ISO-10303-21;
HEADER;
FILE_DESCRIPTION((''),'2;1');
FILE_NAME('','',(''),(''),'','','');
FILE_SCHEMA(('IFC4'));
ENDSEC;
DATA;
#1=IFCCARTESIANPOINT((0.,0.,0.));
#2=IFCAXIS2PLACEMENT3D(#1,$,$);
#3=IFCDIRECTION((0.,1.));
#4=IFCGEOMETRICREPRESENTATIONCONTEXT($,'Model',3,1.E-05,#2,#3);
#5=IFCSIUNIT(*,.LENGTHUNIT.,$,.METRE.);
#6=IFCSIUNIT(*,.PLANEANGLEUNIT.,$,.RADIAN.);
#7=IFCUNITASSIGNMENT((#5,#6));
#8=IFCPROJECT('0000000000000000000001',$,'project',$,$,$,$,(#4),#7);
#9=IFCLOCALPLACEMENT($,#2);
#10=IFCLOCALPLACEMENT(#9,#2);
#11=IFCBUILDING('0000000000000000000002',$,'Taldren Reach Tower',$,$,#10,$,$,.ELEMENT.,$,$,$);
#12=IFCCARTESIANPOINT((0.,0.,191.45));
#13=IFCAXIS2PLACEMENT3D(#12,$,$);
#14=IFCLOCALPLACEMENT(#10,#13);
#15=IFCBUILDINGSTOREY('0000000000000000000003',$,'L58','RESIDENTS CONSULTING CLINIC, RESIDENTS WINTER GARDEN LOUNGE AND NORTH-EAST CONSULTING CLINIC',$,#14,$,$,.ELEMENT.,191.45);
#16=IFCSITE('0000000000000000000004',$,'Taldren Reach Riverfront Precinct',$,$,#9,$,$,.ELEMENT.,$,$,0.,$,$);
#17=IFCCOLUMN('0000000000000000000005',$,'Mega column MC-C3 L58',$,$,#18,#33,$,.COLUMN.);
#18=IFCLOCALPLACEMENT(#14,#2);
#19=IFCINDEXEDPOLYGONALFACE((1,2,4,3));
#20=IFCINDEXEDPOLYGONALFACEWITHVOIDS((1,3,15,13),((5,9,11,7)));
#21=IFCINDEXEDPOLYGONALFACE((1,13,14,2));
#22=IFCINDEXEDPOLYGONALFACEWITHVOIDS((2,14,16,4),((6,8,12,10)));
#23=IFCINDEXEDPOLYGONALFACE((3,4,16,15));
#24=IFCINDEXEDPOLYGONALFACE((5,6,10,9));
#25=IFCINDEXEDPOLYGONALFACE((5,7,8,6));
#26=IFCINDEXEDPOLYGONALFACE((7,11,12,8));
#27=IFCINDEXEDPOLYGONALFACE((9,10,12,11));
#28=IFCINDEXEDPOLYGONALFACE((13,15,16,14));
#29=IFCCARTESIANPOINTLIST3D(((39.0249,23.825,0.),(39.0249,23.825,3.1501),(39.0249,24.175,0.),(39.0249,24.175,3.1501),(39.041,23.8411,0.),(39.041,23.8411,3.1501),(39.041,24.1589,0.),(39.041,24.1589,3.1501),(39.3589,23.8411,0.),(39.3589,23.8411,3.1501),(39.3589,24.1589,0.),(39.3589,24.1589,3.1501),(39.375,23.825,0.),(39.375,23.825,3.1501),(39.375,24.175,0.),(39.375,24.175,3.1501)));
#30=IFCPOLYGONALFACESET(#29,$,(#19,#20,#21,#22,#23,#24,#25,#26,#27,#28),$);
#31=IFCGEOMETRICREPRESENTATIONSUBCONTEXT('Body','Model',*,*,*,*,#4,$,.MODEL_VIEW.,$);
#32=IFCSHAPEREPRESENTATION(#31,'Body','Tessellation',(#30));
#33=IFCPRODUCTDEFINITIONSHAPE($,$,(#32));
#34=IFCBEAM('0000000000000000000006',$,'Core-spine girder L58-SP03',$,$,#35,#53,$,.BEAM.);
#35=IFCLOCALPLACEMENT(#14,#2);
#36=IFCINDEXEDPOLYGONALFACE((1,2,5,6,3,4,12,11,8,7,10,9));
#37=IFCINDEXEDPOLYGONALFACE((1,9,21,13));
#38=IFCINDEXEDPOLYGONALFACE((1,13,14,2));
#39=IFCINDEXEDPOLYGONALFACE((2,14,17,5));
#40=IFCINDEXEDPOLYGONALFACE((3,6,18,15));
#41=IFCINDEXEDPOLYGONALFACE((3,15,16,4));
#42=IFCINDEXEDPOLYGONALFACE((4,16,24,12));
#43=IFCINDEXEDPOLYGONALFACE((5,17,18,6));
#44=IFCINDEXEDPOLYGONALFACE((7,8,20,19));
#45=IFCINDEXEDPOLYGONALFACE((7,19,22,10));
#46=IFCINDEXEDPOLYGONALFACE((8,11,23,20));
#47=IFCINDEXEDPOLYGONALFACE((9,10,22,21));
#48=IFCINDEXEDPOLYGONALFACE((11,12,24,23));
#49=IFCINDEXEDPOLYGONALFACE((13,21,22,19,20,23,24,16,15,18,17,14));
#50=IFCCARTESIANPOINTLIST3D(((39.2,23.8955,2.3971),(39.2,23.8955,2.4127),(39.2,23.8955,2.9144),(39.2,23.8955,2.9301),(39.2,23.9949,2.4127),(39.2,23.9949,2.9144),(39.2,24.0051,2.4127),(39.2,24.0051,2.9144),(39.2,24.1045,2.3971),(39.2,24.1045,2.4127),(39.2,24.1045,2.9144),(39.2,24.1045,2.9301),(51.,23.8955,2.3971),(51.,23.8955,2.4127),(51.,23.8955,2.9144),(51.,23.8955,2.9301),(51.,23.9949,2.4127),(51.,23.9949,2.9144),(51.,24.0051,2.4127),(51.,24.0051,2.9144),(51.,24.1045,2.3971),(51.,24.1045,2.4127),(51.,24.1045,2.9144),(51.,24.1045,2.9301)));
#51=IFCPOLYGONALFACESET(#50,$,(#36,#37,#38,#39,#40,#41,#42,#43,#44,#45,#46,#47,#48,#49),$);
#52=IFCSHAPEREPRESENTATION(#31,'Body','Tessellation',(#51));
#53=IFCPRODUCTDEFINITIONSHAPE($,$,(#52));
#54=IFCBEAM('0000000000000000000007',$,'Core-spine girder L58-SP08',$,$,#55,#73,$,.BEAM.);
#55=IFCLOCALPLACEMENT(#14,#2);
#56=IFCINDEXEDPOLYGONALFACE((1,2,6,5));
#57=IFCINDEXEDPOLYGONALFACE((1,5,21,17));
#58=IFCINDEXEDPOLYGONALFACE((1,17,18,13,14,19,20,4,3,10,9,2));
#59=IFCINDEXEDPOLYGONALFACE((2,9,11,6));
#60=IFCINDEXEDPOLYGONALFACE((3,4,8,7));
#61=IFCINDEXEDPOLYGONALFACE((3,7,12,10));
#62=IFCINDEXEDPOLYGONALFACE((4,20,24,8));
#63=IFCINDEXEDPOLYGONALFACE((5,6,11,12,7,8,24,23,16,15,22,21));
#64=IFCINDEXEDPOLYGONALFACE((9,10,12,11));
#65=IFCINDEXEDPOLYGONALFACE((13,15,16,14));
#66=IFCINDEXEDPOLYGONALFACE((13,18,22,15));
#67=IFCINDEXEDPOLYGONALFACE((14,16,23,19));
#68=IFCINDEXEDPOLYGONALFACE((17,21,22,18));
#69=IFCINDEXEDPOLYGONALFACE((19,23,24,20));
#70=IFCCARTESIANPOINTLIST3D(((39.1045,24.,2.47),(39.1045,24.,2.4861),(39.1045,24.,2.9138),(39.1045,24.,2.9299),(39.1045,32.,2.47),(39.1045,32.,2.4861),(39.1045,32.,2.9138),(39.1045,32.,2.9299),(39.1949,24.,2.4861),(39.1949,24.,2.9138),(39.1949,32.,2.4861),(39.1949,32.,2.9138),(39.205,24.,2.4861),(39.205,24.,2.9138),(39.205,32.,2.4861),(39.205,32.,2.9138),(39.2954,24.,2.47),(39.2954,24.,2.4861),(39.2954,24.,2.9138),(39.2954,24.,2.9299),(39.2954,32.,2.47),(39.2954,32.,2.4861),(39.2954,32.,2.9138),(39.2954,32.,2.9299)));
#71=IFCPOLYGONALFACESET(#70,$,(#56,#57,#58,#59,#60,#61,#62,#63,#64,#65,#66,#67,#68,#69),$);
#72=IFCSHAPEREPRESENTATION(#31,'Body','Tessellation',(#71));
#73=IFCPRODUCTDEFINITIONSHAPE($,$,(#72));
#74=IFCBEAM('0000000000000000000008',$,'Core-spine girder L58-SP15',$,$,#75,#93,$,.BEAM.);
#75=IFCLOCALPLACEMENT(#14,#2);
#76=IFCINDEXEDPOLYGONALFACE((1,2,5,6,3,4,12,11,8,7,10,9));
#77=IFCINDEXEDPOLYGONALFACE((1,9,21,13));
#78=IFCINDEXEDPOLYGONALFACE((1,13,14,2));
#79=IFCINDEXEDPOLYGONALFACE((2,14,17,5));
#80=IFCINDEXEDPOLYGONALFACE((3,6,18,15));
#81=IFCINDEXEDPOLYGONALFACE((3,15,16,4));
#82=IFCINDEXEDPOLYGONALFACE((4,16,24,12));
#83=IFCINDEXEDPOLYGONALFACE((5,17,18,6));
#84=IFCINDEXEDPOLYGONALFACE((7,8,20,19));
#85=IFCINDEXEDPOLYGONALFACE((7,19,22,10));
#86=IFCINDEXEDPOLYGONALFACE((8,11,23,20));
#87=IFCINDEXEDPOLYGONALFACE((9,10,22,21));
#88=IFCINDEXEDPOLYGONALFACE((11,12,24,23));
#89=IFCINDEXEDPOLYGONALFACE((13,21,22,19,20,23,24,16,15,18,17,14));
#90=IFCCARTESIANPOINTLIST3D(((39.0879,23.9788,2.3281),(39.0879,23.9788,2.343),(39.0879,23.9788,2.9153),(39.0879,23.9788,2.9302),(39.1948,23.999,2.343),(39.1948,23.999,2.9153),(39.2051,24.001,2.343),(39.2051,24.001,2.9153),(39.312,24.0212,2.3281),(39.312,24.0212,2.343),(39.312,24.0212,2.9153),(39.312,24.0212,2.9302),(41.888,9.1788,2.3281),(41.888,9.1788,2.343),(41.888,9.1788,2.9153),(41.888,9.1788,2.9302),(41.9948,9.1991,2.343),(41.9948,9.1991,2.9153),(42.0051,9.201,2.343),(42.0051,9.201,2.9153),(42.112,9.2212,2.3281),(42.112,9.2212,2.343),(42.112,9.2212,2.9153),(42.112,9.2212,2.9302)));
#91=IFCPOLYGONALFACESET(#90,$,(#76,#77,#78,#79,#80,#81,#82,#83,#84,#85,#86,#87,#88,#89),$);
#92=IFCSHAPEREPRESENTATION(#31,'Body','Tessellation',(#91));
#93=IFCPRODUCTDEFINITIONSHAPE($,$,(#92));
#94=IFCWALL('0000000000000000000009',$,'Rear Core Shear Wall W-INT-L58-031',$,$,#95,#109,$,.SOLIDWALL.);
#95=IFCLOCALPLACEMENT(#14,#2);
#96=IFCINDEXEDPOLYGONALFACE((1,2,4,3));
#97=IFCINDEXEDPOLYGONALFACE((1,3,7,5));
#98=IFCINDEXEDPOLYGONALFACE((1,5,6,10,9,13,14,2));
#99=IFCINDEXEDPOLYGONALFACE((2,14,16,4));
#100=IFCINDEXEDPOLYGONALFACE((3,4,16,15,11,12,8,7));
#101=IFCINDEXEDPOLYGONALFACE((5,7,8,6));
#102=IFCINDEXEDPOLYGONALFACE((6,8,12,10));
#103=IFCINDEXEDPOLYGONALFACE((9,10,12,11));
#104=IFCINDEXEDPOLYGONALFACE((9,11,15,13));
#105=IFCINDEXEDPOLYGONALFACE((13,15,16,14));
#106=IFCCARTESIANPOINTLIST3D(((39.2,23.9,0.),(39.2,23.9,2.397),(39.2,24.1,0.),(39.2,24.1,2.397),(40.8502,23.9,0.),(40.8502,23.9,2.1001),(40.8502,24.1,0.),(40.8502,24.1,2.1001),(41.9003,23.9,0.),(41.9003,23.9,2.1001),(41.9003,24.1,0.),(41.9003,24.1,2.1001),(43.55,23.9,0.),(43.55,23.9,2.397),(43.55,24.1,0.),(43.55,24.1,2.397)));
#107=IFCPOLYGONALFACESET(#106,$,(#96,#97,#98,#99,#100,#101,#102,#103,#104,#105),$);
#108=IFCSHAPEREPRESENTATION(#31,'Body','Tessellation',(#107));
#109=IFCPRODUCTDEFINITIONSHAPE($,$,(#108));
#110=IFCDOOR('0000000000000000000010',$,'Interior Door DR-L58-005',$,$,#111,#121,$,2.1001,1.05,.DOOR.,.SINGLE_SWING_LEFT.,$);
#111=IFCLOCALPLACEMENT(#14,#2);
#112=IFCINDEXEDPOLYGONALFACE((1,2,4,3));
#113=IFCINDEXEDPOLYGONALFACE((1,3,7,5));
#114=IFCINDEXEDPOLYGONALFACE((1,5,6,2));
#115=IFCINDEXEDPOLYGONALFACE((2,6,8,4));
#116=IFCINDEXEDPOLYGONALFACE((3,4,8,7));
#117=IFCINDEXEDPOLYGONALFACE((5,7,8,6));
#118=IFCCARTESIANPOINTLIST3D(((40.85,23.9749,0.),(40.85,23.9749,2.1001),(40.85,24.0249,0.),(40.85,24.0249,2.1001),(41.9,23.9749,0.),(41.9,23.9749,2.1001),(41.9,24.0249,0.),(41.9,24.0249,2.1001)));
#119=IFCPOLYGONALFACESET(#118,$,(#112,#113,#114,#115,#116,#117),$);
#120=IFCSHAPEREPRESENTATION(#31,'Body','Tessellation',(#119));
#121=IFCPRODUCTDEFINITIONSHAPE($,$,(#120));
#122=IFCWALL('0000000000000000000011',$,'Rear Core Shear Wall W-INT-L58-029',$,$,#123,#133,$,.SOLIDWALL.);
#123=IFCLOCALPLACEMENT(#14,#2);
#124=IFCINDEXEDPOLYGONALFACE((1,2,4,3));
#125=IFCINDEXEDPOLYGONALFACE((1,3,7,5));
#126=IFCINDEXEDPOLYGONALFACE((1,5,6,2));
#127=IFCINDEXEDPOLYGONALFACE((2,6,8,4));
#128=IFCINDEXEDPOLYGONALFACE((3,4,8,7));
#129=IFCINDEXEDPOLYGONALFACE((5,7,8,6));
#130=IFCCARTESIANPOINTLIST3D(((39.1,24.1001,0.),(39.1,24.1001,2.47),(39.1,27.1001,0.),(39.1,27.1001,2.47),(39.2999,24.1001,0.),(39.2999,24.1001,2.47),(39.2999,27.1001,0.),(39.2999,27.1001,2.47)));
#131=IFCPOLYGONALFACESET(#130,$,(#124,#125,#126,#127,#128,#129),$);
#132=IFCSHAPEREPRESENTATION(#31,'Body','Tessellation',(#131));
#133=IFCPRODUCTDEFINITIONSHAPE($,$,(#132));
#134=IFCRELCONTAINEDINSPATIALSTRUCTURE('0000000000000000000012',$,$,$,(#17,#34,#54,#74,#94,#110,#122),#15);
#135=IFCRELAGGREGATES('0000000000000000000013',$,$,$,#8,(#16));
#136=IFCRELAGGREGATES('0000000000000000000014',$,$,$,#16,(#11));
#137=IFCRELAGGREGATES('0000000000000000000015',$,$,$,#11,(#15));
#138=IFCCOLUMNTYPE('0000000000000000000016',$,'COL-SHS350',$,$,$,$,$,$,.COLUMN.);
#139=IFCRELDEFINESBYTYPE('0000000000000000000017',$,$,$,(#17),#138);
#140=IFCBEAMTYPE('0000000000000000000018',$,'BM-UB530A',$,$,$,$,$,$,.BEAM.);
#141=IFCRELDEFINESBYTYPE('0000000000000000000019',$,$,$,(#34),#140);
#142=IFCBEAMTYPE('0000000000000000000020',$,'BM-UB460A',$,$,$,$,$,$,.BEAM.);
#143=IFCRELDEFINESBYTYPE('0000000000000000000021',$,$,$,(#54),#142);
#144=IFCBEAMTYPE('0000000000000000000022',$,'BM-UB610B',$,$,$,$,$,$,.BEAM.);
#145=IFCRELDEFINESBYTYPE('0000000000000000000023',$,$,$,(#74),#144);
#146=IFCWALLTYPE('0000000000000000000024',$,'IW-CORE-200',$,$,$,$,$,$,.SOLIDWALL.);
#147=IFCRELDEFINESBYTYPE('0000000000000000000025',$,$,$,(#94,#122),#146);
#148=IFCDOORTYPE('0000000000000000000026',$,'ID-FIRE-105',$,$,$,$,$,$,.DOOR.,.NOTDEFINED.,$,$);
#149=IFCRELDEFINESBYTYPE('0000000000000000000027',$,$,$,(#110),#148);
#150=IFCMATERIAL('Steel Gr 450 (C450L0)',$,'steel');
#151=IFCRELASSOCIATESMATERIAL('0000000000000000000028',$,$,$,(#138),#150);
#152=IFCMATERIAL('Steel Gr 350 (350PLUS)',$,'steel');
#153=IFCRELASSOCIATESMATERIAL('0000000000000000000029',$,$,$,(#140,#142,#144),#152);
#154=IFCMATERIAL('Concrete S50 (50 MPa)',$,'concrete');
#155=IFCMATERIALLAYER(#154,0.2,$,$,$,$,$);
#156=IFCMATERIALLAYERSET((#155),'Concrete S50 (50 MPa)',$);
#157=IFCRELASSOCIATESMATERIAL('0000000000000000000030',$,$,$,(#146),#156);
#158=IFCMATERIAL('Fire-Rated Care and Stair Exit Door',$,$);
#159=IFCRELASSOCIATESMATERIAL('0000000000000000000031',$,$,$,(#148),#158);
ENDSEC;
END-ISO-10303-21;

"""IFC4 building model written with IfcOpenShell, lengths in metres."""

from ifc_helpers import new_model, si_unit, direction, frame, frame_2d, origin, origin_2d, place, context, subcontext, project, spatial, rectangle, hollow_rectangle, i_section, extrude, source, transform, mapped, material, layer, layer_set, material_profile, profile_set, type_object, element, fill, save


model = new_model("IFC4")

# Units and contexts
model_context = context("Model", 3, precision=1e-05, world=origin(), true_north=direction((0.0, 1.0)))
body_context = subcontext(model_context, "Body", "Model", "MODEL_VIEW")
ifc_project = project(units=[si_unit("LENGTHUNIT", "METRE"), si_unit("PLANEANGLEUNIT", "RADIAN")], contexts=[model_context])

# Site, building, storey
site_placement = place(None, origin())
site = spatial("IfcSite", under=ifc_project, at=site_placement, Name="Taldren Reach Riverfront Precinct", CompositionType="ELEMENT", RefElevation=0.0)
building_placement = place(site_placement, origin())
building = spatial("IfcBuilding", under=site, at=building_placement, Name="Taldren Reach Tower", CompositionType="ELEMENT")
storey_placement = place(building_placement, frame((0.0, 0.0, 191.45)))
storey = spatial("IfcBuildingStorey", under=building, at=storey_placement, Name="L58", Description="RESIDENTS CONSULTING CLINIC, RESIDENTS WINTER GARDEN LOUNGE AND NORTH-EAST CONSULTING CLINIC", CompositionType="ELEMENT", Elevation=191.45)

# Column
ifc_material_1 = material(Name="Steel Gr 450 (C450L0)", Category="steel")
ifc_material_profile_1 = material_profile(ifc_material_1, hollow_rectangle(XDim=0.3501, YDim=0.3501, WallThickness=0.0161, at=origin_2d()), Name="350x350x16.0SHS")
ifc_profile_set_1 = profile_set([ifc_material_profile_1], Name="Steel Gr 450 (C450L0)")
column_type = type_object("IfcColumnType", Name="COL-SHS350", PredefinedType="COLUMN", material=ifc_profile_set_1)
shared_shape_1 = source(origin(), body_context, "Body", "SweptSolid", [
    extrude(hollow_rectangle(XDim=0.3501, YDim=0.3501, WallThickness=0.0161, at=origin_2d()), origin(), (0.0, 0.0, 1.0), 3.1501),
])
column_placement = place(storey_placement, frame((39.2, 24.0, 0.0), z_axis=(0.0, 0.0, 1.0), x_axis=(1.0, 0.0, 0.0)))
element("IfcColumn", 1, at=column_placement, inside=storey, type_object=column_type, Name="Mega column MC-C3 L58", PredefinedType="COLUMN", context=body_context, shape_type="MappedRepresentation", body=[
    mapped(shared_shape_1, transform((0.0, 0.0, 0.0), scale=1.0)),
])

# Beams
ifc_material_2 = material(Name="Steel Gr 350 (350PLUS)", Category="steel")
ifc_material_profile_2 = material_profile(ifc_material_2, i_section(OverallWidth=0.209, OverallDepth=0.533, WebThickness=0.0103, FlangeThickness=0.0156, at=origin_2d()), Name="530UB92.4")
ifc_profile_set_2 = profile_set([ifc_material_profile_2], Name="Steel Gr 350 (350PLUS)")
beam_type_1 = type_object("IfcBeamType", Name="BM-UB530A", PredefinedType="BEAM", material=ifc_profile_set_2)
shared_shape_2 = source(origin(), body_context, "Body", "SweptSolid", [
    extrude(i_section(OverallWidth=0.209, OverallDepth=0.533, WebThickness=0.0103, FlangeThickness=0.0156, at=origin_2d()), origin(), (0.0, 0.0, 1.0), 11.8),
])
beam_1_placement = place(storey_placement, frame((39.2, 24.0, 2.6636), z_axis=(1.0, 0.0, 0.0), x_axis=(0.0, 1.0, 0.0)))
element("IfcBeam", 2, at=beam_1_placement, inside=storey, type_object=beam_type_1, Name="Core-spine girder L58-SP03", PredefinedType="BEAM", context=body_context, shape_type="MappedRepresentation", body=[
    mapped(shared_shape_2, transform((0.0, 0.0, 0.0), scale=1.0)),
])
ifc_material_profile_3 = material_profile(ifc_material_2, i_section(OverallWidth=0.1909, OverallDepth=0.46, WebThickness=0.01, FlangeThickness=0.0161, at=origin_2d()), Name="460UB82.1")
ifc_profile_set_3 = profile_set([ifc_material_profile_3], Name="Steel Gr 350 (350PLUS)")
beam_type_2 = type_object("IfcBeamType", Name="BM-UB460A", PredefinedType="BEAM", material=ifc_profile_set_3)
shared_shape_3 = source(origin(), body_context, "Body", "SweptSolid", [
    extrude(i_section(OverallWidth=0.1909, OverallDepth=0.46, WebThickness=0.01, FlangeThickness=0.0161, at=origin_2d()), origin(), (0.0, 0.0, 1.0), 8.0),
])
beam_2_placement = place(storey_placement, frame((39.2, 24.0, 2.7), z_axis=(0.0, 1.0, 0.0), x_axis=(-1.0, 0.0, 0.0)))
element("IfcBeam", 3, at=beam_2_placement, inside=storey, type_object=beam_type_2, Name="Core-spine girder L58-SP08", PredefinedType="BEAM", context=body_context, shape_type="MappedRepresentation", body=[
    mapped(shared_shape_3, transform((0.0, 0.0, 0.0), scale=1.0)),
])
ifc_material_profile_4 = material_profile(ifc_material_2, i_section(OverallWidth=0.228, OverallDepth=0.6021, WebThickness=0.0105, FlangeThickness=0.0149, at=origin_2d()), Name="610UB101")
ifc_profile_set_4 = profile_set([ifc_material_profile_4], Name="Steel Gr 350 (350PLUS)")
beam_type_3 = type_object("IfcBeamType", Name="BM-UB610B", PredefinedType="BEAM", material=ifc_profile_set_4)
shared_shape_4 = source(origin(), body_context, "Body", "SweptSolid", [
    extrude(i_section(OverallWidth=0.228, OverallDepth=0.6021, WebThickness=0.0105, FlangeThickness=0.0149, at=origin_2d()), origin(), (0.0, 0.0, 1.0), 15.0625),
])
beam_3_placement = place(storey_placement, frame((39.2, 24.0, 2.6292), z_axis=(0.185894, -0.98257, 0.0), x_axis=(0.98257, 0.185894, 0.0)))
element("IfcBeam", 4, at=beam_3_placement, inside=storey, type_object=beam_type_3, Name="Core-spine girder L58-SP15", PredefinedType="BEAM", context=body_context, shape_type="MappedRepresentation", body=[
    mapped(shared_shape_4, transform((0.0, 0.0, 0.0), scale=1.0)),
])

# Wall, opening, door
ifc_material_3 = material(Name="Concrete S50 (50 MPa)", Category="concrete")
ifc_layer_1 = layer(ifc_material_3, 0.2)
ifc_layer_set_1 = layer_set([ifc_layer_1], Name="Concrete S50 (50 MPa)")
wall_type_1 = type_object("IfcWallType", Name="IW-CORE-200", PredefinedType="SOLIDWALL", material=ifc_layer_set_1)
shared_shape_5 = source(origin(), body_context, "Body", "SweptSolid", [
    extrude(rectangle(XDim=4.3501, YDim=0.2, at=frame_2d((2.175, 0.0))), origin(), (0.0, 0.0, 1.0), 2.397),
])
wall_1_placement = place(storey_placement, frame((43.55, 24.0, 0.0), z_axis=(0.0, 0.0, 1.0), x_axis=(-1.0, 0.0, 0.0)))
wall_1 = element("IfcWall", 5, at=wall_1_placement, inside=storey, type_object=wall_type_1, Name="Rear Core Shear Wall W-INT-L58-031", PredefinedType="SOLIDWALL", context=body_context, shape_type="MappedRepresentation", body=[
    mapped(shared_shape_5, transform((0.0, 0.0, 0.0), scale=1.0)),
])
shared_shape_6 = source(origin(), body_context, "Body", "SweptSolid", [
    extrude(rectangle(XDim=1.05, YDim=2.1001, at=frame_2d((0.5249, 1.05))), frame((0.0, 0.1099, 0.0), z_axis=(0.0, -1.0, 0.0), x_axis=(1.0, 0.0, 0.0)), (0.0, 0.0, 1.0), 0.22),
])
opening_1_placement = place(wall_1_placement, frame((1.6499, 0.0, 0.0)))
opening_1 = element("IfcOpeningElement", 6, at=opening_1_placement, cuts=wall_1, PredefinedType="OPENING", context=body_context, shape_type="MappedRepresentation", body=[
    mapped(shared_shape_6, transform((0.0, 0.0, 0.0), scale=1.0)),
])
ifc_material_4 = material(Name="Fire-Rated Care and Stair Exit Door")
door_type_1 = type_object("IfcDoorType", Name="ID-FIRE-105", OperationType="NOTDEFINED", PredefinedType="DOOR", material=ifc_material_4)
shared_shape_7 = source(origin(), body_context, "Body", "SweptSolid", [
    extrude(rectangle(XDim=1.05, YDim=2.1001, at=frame_2d((0.5249, 1.05))), frame((0.0, 0.0249, 0.0), z_axis=(0.0, -1.0, 0.0), x_axis=(1.0, 0.0, 0.0)), (0.0, 0.0, 1.0), 0.05),
])
door_1_placement = place(opening_1_placement, frame((1.05, 0.0, 0.0), z_axis=(0.0, 0.0, 1.0), x_axis=(-1.0, 0.0, 0.0)))
door_1 = element("IfcDoor", 7, at=door_1_placement, inside=storey, type_object=door_type_1, Name="Interior Door DR-L58-005", OperationType="SINGLE_SWING_LEFT", OverallHeight=2.1001, OverallWidth=1.05, PredefinedType="DOOR", context=body_context, shape_type="MappedRepresentation", body=[
    mapped(shared_shape_7, transform((0.0, 0.0, 0.0), scale=1.0)),
])
fill(opening_1, door_1)

# Wall
shared_shape_8 = source(origin(), body_context, "Body", "SweptSolid", [
    extrude(rectangle(XDim=3.0, YDim=0.2, at=frame_2d((1.5, 0.0))), origin(), (0.0, 0.0, 1.0), 2.47),
])
wall_2_placement = place(storey_placement, frame((39.2, 24.1001, 0.0), z_axis=(0.0, 0.0, 1.0), x_axis=(0.0, 1.0, 0.0)))
element("IfcWall", 8, at=wall_2_placement, inside=storey, type_object=wall_type_1, Name="Rear Core Shear Wall W-INT-L58-029", PredefinedType="SOLIDWALL", context=body_context, shape_type="MappedRepresentation", body=[
    mapped(shared_shape_8, transform((0.0, 0.0, 0.0), scale=1.0)),
])

save(model, "model.ifc")
